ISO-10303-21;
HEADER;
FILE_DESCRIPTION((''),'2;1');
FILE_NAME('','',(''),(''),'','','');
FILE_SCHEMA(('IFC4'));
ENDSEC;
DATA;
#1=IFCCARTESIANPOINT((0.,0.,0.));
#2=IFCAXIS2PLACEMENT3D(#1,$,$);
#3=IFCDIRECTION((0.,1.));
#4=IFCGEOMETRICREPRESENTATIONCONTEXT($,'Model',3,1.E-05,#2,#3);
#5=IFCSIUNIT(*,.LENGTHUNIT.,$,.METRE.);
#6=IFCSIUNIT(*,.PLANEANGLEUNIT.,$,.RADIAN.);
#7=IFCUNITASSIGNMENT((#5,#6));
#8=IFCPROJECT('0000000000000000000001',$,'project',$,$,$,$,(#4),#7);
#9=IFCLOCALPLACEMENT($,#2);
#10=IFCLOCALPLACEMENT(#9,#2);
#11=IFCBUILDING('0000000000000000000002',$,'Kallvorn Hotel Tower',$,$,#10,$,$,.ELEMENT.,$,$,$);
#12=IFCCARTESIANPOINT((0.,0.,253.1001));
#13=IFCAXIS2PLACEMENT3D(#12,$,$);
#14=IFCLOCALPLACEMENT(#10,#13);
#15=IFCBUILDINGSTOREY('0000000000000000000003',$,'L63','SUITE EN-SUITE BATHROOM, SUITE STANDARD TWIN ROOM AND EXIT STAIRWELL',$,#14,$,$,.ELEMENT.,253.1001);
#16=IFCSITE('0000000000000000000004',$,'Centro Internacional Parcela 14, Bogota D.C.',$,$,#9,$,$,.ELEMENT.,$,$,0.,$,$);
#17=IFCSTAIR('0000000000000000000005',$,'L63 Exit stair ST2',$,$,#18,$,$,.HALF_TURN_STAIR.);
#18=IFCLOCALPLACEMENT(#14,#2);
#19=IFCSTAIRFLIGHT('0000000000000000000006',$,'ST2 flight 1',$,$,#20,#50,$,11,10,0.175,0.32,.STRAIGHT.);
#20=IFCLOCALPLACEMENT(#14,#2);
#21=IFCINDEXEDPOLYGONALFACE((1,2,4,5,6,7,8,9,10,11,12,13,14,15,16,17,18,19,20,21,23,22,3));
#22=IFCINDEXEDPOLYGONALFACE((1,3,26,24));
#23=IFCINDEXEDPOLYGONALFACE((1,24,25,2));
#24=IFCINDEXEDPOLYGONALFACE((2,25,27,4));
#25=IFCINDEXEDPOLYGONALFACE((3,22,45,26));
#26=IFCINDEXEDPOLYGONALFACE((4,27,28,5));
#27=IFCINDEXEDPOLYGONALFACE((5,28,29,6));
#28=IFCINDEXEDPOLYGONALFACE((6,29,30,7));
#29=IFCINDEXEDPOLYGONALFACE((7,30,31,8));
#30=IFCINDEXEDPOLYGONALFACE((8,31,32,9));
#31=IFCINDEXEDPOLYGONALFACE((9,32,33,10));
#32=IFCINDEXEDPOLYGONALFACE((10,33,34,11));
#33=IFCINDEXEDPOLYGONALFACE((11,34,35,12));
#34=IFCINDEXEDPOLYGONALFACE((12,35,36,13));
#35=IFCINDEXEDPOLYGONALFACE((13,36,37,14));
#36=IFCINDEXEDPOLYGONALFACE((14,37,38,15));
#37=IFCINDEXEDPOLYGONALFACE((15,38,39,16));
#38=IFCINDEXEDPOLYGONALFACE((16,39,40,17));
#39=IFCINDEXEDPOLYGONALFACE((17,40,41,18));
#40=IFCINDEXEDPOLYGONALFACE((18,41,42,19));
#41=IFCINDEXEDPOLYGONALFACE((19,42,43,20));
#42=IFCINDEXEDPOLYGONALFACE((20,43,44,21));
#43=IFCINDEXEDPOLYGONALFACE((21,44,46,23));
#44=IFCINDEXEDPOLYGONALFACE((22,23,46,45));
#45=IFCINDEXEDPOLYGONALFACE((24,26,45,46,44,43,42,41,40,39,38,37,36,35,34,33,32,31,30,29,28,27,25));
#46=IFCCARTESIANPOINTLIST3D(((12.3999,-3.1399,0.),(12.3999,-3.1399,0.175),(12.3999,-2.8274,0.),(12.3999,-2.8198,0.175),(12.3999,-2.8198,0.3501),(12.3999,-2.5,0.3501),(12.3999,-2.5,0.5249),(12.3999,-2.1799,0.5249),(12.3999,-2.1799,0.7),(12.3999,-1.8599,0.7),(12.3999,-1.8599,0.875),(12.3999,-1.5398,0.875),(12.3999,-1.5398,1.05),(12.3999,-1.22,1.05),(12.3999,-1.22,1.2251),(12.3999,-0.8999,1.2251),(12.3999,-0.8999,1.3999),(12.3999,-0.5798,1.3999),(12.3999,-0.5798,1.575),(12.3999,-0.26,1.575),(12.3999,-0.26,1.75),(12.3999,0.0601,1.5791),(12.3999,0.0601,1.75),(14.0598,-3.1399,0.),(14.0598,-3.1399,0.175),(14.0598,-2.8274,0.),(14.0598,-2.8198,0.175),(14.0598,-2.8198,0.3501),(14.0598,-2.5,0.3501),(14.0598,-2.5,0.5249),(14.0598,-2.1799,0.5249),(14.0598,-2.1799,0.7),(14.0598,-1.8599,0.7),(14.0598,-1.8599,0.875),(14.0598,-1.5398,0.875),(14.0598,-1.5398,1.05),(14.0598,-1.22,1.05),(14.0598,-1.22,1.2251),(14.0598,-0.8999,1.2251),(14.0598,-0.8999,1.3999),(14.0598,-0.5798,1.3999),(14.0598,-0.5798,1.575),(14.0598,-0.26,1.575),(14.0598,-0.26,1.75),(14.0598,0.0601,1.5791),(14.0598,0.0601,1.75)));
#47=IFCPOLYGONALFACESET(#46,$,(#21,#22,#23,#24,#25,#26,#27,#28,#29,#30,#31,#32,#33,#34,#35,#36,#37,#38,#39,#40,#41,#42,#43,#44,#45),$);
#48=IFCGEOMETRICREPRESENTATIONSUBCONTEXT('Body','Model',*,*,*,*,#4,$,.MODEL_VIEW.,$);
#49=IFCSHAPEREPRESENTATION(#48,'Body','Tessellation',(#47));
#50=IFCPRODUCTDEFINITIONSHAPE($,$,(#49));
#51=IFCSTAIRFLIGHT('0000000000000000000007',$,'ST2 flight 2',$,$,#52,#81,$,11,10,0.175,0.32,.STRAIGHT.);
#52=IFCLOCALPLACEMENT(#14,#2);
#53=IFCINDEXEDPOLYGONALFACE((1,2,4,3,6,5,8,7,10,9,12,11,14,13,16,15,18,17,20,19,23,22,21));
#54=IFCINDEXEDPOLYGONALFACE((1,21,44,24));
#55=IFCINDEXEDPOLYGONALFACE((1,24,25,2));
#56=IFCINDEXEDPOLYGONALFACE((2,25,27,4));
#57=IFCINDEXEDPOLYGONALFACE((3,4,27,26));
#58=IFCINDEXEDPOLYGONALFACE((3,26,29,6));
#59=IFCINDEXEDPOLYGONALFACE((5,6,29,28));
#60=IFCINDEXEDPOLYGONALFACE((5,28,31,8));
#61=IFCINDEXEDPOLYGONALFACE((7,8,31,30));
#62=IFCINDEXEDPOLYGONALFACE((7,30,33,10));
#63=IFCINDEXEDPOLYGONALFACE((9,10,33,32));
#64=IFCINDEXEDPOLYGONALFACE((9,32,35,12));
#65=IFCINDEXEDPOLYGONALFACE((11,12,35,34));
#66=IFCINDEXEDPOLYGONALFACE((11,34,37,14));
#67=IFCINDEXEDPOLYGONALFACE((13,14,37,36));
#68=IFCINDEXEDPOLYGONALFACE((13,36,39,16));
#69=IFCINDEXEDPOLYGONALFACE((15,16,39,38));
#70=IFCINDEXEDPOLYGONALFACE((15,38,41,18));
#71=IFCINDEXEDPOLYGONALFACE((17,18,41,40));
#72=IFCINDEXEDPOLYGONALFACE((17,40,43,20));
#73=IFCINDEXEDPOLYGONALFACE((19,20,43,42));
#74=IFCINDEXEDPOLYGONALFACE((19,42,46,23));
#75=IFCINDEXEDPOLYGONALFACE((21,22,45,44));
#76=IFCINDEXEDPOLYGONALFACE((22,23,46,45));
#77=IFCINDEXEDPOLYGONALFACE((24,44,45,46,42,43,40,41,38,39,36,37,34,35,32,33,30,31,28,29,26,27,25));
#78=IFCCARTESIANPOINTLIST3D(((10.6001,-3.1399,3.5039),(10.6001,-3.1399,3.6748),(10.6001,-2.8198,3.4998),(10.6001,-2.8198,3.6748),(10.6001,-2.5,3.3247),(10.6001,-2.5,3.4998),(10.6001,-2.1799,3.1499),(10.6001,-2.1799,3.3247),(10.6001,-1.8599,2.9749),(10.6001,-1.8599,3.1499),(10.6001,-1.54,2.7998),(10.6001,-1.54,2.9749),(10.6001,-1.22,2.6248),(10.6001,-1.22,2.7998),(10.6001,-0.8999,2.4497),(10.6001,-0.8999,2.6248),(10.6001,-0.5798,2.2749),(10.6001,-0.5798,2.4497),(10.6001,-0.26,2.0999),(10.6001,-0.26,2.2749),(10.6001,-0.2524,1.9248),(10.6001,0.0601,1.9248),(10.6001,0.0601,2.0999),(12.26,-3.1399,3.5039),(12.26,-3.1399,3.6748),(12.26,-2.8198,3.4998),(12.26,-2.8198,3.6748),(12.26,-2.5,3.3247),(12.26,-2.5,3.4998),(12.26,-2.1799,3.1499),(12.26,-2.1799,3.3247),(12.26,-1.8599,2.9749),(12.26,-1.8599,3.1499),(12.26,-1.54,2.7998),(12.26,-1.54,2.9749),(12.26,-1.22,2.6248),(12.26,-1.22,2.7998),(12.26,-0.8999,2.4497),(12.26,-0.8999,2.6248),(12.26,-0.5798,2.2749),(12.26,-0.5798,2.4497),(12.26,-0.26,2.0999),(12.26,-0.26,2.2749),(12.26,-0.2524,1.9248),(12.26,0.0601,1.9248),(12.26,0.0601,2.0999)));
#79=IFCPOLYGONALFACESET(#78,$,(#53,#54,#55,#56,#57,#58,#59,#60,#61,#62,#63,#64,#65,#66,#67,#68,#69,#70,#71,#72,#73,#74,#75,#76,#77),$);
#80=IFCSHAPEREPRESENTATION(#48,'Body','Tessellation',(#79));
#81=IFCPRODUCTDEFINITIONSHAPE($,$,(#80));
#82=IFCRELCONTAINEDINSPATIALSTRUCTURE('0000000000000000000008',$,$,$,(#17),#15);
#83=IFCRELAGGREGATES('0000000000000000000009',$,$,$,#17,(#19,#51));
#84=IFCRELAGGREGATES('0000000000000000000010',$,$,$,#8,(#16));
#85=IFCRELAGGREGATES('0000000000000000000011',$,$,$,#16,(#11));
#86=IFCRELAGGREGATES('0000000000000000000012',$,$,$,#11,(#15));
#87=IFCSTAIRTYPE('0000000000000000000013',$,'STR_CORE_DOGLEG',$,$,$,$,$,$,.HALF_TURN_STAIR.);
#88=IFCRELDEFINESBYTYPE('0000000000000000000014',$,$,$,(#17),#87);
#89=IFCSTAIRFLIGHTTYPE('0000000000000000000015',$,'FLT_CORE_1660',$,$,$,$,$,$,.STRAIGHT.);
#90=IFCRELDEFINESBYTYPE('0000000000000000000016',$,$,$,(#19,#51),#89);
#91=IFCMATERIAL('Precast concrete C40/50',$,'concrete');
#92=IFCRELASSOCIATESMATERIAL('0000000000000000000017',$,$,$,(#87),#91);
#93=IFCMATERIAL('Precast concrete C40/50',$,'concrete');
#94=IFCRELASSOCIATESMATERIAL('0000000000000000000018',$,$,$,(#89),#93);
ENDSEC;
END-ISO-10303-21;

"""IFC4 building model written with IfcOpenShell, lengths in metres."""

from ifc_helpers import new_model, si_unit, direction, frame, origin, place, context, subcontext, project, spatial, polyline, outline, extrude, material, type_object, element, aggregate, save


model = new_model("IFC4")

# Units and contexts
model_context = context("Model", 3, precision=1e-05, world=origin(), true_north=direction((0.0, 1.0)))
body_context = subcontext(model_context, "Body", "Model", "MODEL_VIEW")
ifc_project = project(units=[si_unit("LENGTHUNIT", "METRE"), si_unit("PLANEANGLEUNIT", "RADIAN")], contexts=[model_context])

# Site, building, storey
site_placement = place(None, origin())
site = spatial("IfcSite", under=ifc_project, at=site_placement, Name="Centro Internacional Parcela 14, Bogota D.C.", CompositionType="ELEMENT", RefElevation=0.0)
building_placement = place(site_placement, origin())
building = spatial("IfcBuilding", under=site, at=building_placement, Name="Kallvorn Hotel Tower", CompositionType="ELEMENT")
storey_placement = place(building_placement, frame((0.0, 0.0, 253.1001)))
storey = spatial("IfcBuildingStorey", under=building, at=storey_placement, Name="L63", Description="SUITE EN-SUITE BATHROOM, SUITE STANDARD TWIN ROOM AND EXIT STAIRWELL", CompositionType="ELEMENT", Elevation=253.1001)

# Stair, stair flights
ifc_material_1 = material(Name="Precast concrete C40/50", Category="concrete")
stair_type = type_object("IfcStairType", Name="STR_CORE_DOGLEG", PredefinedType="HALF_TURN_STAIR", material=ifc_material_1)
stair_placement = place(storey_placement, origin())
stair = element("IfcStair", 1, at=stair_placement, inside=storey, type_object=stair_type, Name="L63 Exit stair ST2", PredefinedType="HALF_TURN_STAIR")
ifc_material_2 = material(Name="Precast concrete C40/50", Category="concrete")
stair_flight_type = type_object("IfcStairFlightType", Name="FLT_CORE_1660", PredefinedType="STRAIGHT", material=ifc_material_2)
stair_flight_1_placement = place(storey_placement, frame((13.23, -3.1399, 0.0), z_axis=(0.0, 0.0, 1.0), x_axis=(0.0, 1.0, 0.0)))
stair_flight_1 = element("IfcStairFlight", 2, at=stair_flight_1_placement, type_object=stair_flight_type, Name="ST2 flight 1", NumberOfRisers=11, NumberOfTreads=10, PredefinedType="STRAIGHT", RiserHeight=0.175, TreadLength=0.32, context=body_context, shape_type="SweptSolid", body=[
    extrude(outline(polyline([(0.0, 0.0), (0.0, 0.175), (0.3201, 0.175), (0.3201, 0.3501), (0.6399, 0.3501), (0.6399, 0.5249), (0.96, 0.5249), (0.96, 0.7), (1.28, 0.7), (1.28, 0.875), (1.6001, 0.875), (1.6001, 1.05), (1.9199, 1.05), (1.9199, 1.2251), (2.24, 1.2251), (2.24, 1.3999), (2.5601, 1.3999), (2.5601, 1.575), (2.8799, 1.575), (2.8799, 1.75), (3.2, 1.75), (3.2, 1.925), (3.2, 1.5791), (0.3125, 0.0), (0.0, 0.0)])), frame((0.0, 0.8301, 0.0), z_axis=(0.0, -1.0, 0.0), x_axis=(1.0, 0.0, 0.0)), (0.0, 0.0, 1.0), 1.6599),
])
stair_flight_2_placement = place(storey_placement, frame((11.4299, 0.0601, 1.9248), z_axis=(0.0, 0.0, 1.0), x_axis=(0.0, -1.0, 0.0)))
stair_flight_2 = element("IfcStairFlight", 3, at=stair_flight_2_placement, type_object=stair_flight_type, Name="ST2 flight 2", NumberOfRisers=11, NumberOfTreads=10, PredefinedType="STRAIGHT", RiserHeight=0.175, TreadLength=0.32, context=body_context, shape_type="SweptSolid", body=[
    extrude(outline(polyline([(0.0, 0.0), (0.0, 0.175), (0.3201, 0.175), (0.3201, 0.3501), (0.6399, 0.3501), (0.6399, 0.5249), (0.96, 0.5249), (0.96, 0.7), (1.28, 0.7), (1.28, 0.875), (1.6001, 0.875), (1.6001, 1.05), (1.9199, 1.05), (1.9199, 1.2251), (2.24, 1.2251), (2.24, 1.3999), (2.5601, 1.3999), (2.5601, 1.575), (2.8799, 1.575), (2.8799, 1.75), (3.2, 1.75), (3.2, 1.925), (3.2, 1.5791), (0.3125, 0.0), (0.0, 0.0)])), frame((0.0, 0.8301, 0.0), z_axis=(0.0, -1.0, 0.0), x_axis=(1.0, 0.0, 0.0)), (0.0, 0.0, 1.0), 1.6599),
])
aggregate(stair, [stair_flight_1, stair_flight_2])

save(model, "model.ifc")
